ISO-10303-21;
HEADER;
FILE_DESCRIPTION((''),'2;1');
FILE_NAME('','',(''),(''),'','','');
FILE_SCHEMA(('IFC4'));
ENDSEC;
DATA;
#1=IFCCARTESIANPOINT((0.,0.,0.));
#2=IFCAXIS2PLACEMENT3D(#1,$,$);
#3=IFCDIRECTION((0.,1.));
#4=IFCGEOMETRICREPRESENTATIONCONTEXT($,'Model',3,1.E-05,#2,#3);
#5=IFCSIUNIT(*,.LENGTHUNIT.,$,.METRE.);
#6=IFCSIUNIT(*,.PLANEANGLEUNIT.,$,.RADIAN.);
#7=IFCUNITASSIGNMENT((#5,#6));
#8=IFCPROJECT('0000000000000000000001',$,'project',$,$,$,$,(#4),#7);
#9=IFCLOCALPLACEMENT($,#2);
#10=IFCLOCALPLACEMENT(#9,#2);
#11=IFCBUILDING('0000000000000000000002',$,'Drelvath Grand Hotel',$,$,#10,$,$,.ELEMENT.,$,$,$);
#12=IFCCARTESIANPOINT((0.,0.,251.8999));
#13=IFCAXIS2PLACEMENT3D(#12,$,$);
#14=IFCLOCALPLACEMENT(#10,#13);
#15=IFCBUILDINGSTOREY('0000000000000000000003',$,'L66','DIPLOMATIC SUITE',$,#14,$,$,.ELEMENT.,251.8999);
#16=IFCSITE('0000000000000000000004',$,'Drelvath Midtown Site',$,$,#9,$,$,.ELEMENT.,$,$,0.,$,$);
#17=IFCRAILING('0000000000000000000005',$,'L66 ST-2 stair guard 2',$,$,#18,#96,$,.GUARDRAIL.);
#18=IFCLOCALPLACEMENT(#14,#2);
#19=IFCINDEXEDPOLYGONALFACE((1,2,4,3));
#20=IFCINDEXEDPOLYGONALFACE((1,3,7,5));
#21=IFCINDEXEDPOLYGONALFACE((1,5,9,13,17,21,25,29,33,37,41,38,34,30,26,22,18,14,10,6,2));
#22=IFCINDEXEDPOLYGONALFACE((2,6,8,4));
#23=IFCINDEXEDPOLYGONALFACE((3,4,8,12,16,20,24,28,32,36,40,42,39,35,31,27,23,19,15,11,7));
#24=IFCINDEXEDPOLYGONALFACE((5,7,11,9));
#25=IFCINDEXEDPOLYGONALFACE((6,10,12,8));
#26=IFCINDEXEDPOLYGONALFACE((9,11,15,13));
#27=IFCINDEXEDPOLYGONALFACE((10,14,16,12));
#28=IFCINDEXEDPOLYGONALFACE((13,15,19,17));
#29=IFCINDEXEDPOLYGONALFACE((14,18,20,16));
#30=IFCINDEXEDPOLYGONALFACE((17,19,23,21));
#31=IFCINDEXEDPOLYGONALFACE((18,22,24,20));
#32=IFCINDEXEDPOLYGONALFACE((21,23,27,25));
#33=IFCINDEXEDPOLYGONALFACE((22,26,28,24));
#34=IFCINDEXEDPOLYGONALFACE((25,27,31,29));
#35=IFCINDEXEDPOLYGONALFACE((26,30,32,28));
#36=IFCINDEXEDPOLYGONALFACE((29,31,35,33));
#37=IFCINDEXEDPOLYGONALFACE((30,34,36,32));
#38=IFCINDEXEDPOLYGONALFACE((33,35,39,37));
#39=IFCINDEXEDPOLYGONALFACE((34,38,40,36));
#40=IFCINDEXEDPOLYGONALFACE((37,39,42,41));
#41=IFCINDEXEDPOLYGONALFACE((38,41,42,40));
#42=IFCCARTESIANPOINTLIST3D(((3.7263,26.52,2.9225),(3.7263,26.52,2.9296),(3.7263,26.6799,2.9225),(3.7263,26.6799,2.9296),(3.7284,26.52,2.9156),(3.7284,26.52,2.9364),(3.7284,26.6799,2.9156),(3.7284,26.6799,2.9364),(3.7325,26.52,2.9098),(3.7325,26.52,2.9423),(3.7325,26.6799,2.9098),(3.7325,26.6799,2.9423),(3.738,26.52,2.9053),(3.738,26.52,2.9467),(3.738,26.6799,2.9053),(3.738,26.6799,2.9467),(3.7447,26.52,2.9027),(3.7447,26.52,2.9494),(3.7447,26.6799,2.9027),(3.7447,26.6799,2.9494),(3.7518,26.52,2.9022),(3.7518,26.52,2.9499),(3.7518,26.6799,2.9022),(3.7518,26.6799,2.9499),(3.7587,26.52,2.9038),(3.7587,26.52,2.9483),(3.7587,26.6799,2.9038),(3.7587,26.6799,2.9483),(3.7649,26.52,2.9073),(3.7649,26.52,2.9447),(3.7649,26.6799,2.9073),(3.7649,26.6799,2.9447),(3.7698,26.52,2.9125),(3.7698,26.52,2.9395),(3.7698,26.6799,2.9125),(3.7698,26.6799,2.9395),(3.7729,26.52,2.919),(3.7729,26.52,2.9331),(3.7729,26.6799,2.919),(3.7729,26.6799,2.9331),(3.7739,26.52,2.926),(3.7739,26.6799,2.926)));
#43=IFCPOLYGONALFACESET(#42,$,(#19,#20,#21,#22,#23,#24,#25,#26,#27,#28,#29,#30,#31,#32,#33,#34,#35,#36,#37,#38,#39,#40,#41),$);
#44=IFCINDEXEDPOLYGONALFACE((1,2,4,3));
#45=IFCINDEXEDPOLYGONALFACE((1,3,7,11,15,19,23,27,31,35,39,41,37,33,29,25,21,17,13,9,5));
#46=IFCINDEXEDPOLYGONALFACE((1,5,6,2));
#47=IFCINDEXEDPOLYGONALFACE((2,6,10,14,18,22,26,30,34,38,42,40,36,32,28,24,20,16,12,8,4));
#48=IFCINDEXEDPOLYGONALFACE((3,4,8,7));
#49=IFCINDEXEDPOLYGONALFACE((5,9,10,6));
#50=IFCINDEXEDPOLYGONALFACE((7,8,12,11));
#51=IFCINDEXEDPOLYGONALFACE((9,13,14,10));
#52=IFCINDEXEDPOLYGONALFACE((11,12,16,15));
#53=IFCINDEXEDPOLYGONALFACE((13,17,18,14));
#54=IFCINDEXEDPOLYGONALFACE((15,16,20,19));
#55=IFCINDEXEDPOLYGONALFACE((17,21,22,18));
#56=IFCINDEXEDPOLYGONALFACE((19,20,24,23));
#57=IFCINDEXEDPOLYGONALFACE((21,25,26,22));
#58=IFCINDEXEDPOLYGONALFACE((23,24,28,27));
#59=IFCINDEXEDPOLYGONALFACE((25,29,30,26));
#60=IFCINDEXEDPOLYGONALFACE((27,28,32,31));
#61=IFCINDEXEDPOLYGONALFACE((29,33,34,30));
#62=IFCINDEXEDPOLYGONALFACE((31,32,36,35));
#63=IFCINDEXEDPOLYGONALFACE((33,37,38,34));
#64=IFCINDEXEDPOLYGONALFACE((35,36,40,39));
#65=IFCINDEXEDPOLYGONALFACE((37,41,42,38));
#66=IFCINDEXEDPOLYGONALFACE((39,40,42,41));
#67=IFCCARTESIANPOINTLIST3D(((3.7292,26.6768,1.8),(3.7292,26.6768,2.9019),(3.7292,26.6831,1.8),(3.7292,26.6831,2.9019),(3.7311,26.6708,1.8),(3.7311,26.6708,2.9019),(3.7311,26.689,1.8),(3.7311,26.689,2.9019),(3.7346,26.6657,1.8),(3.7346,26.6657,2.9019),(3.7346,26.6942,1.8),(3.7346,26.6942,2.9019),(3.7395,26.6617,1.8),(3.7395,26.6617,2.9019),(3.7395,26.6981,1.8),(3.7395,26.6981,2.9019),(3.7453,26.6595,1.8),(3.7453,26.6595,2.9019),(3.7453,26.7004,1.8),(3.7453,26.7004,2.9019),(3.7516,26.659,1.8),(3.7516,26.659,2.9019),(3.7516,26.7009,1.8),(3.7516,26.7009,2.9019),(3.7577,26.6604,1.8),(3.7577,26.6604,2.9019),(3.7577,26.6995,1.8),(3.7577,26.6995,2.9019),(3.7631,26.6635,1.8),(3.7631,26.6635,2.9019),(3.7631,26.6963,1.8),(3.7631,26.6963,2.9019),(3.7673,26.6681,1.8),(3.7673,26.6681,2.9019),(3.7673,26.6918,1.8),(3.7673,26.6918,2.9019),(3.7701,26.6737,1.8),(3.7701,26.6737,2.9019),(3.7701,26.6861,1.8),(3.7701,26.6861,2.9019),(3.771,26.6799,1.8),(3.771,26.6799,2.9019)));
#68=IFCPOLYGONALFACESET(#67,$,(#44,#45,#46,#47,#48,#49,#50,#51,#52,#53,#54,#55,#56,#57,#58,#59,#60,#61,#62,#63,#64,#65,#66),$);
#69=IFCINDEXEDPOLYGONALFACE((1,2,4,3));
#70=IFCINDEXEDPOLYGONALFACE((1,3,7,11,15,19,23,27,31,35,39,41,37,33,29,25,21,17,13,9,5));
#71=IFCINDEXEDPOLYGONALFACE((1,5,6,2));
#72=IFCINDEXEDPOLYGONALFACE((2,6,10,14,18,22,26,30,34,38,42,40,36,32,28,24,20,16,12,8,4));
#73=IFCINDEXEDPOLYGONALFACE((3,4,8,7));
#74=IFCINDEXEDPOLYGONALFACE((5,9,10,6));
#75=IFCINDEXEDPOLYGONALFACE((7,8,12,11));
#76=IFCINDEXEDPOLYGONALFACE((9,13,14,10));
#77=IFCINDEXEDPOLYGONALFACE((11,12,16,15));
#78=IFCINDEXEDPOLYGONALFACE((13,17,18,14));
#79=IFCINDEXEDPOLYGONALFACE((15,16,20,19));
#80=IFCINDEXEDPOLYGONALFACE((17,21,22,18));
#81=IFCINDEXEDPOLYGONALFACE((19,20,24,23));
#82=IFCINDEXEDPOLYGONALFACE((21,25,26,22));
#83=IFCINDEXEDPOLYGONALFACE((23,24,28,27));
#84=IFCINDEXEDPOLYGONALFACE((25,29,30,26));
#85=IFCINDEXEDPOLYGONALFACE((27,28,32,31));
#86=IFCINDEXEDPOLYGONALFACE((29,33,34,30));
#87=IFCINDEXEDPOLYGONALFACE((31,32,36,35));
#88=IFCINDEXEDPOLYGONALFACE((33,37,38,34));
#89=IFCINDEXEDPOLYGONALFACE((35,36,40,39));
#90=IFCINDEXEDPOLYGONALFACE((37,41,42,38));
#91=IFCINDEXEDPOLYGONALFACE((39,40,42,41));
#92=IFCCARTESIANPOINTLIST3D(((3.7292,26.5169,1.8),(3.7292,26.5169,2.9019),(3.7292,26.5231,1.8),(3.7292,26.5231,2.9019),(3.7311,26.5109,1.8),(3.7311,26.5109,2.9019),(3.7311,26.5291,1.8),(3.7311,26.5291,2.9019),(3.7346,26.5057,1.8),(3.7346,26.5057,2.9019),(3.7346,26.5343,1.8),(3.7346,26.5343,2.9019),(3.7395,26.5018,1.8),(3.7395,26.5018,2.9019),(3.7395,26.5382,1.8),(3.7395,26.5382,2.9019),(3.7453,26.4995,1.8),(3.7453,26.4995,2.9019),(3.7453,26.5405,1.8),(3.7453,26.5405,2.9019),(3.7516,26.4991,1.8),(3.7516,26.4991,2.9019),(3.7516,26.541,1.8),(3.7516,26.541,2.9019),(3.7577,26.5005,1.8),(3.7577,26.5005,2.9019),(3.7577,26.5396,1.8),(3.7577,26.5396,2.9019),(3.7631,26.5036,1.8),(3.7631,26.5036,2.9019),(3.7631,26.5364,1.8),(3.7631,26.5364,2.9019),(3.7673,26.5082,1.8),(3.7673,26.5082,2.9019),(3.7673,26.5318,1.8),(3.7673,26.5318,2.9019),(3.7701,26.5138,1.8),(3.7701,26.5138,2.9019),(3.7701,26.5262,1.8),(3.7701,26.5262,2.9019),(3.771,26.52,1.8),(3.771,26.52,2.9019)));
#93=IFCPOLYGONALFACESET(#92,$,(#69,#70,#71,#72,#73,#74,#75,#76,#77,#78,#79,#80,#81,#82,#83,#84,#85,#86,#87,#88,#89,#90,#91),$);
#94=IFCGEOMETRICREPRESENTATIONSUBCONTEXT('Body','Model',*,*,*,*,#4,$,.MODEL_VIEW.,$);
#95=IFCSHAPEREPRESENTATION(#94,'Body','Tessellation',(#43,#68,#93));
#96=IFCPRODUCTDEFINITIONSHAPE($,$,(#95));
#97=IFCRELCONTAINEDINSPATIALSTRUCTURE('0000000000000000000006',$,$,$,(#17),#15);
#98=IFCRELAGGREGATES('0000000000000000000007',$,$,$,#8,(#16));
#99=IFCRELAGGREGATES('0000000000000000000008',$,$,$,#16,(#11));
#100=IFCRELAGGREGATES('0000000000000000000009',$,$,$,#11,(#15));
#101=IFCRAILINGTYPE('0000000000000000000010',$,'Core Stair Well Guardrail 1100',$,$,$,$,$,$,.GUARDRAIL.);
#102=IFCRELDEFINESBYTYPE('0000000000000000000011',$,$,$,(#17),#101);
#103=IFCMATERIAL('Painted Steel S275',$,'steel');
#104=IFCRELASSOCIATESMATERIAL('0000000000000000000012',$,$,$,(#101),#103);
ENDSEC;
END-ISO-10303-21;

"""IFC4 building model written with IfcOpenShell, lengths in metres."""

from ifc_helpers import new_model, si_unit, direction, frame, origin, origin_2d, place, context, subcontext, project, spatial, circle, extrude, material, type_object, element, save


model = new_model("IFC4")

# Units and contexts
model_context = context("Model", 3, precision=1e-05, world=origin(), true_north=direction((0.0, 1.0)))
body_context = subcontext(model_context, "Body", "Model", "MODEL_VIEW")
ifc_project = project(units=[si_unit("LENGTHUNIT", "METRE"), si_unit("PLANEANGLEUNIT", "RADIAN")], contexts=[model_context])

# Site, building, storey
site_placement = place(None, origin())
site = spatial("IfcSite", under=ifc_project, at=site_placement, Name="Drelvath Midtown Site", CompositionType="ELEMENT", RefElevation=0.0)
building_placement = place(site_placement, origin())
building = spatial("IfcBuilding", under=site, at=building_placement, Name="Drelvath Grand Hotel", CompositionType="ELEMENT")
storey_placement = place(building_placement, frame((0.0, 0.0, 251.8999)))
storey = spatial("IfcBuildingStorey", under=building, at=storey_placement, Name="L66", Description="DIPLOMATIC SUITE", CompositionType="ELEMENT", Elevation=251.8999)

# Shared definitions
ifc_material_1 = material(Name="Painted Steel S275", Category="steel")

# Railing
railing_type_1 = type_object("IfcRailingType", Name="Core Stair Well Guardrail 1100", PredefinedType="GUARDRAIL", material=ifc_material_1)
railing_1_placement = place(storey_placement, frame((3.75, 26.6799, 1.8)))
element("IfcRailing", 1, at=railing_1_placement, inside=storey, type_object=railing_type_1, Name="L66 ST-2 stair guard 2", PredefinedType="GUARDRAIL", context=body_context, shape_type="SweptSolid", body=[
    extrude(circle(Radius=0.0239, at=origin_2d()), frame((0.0, 0.0, 1.126), z_axis=(0.0, -1.0, 0.0), x_axis=(1.0, 0.0, 0.0)), (0.0, 0.0, 1.0), 0.1599),
    extrude(circle(Radius=0.021, at=origin_2d()), origin(), (0.0, 0.0, 1.0), 1.1018),
    extrude(circle(Radius=0.021, at=origin_2d()), frame((0.0, -0.1599, 0.0)), (0.0, 0.0, 1.0), 1.1018),
])

save(model, "model.ifc")
